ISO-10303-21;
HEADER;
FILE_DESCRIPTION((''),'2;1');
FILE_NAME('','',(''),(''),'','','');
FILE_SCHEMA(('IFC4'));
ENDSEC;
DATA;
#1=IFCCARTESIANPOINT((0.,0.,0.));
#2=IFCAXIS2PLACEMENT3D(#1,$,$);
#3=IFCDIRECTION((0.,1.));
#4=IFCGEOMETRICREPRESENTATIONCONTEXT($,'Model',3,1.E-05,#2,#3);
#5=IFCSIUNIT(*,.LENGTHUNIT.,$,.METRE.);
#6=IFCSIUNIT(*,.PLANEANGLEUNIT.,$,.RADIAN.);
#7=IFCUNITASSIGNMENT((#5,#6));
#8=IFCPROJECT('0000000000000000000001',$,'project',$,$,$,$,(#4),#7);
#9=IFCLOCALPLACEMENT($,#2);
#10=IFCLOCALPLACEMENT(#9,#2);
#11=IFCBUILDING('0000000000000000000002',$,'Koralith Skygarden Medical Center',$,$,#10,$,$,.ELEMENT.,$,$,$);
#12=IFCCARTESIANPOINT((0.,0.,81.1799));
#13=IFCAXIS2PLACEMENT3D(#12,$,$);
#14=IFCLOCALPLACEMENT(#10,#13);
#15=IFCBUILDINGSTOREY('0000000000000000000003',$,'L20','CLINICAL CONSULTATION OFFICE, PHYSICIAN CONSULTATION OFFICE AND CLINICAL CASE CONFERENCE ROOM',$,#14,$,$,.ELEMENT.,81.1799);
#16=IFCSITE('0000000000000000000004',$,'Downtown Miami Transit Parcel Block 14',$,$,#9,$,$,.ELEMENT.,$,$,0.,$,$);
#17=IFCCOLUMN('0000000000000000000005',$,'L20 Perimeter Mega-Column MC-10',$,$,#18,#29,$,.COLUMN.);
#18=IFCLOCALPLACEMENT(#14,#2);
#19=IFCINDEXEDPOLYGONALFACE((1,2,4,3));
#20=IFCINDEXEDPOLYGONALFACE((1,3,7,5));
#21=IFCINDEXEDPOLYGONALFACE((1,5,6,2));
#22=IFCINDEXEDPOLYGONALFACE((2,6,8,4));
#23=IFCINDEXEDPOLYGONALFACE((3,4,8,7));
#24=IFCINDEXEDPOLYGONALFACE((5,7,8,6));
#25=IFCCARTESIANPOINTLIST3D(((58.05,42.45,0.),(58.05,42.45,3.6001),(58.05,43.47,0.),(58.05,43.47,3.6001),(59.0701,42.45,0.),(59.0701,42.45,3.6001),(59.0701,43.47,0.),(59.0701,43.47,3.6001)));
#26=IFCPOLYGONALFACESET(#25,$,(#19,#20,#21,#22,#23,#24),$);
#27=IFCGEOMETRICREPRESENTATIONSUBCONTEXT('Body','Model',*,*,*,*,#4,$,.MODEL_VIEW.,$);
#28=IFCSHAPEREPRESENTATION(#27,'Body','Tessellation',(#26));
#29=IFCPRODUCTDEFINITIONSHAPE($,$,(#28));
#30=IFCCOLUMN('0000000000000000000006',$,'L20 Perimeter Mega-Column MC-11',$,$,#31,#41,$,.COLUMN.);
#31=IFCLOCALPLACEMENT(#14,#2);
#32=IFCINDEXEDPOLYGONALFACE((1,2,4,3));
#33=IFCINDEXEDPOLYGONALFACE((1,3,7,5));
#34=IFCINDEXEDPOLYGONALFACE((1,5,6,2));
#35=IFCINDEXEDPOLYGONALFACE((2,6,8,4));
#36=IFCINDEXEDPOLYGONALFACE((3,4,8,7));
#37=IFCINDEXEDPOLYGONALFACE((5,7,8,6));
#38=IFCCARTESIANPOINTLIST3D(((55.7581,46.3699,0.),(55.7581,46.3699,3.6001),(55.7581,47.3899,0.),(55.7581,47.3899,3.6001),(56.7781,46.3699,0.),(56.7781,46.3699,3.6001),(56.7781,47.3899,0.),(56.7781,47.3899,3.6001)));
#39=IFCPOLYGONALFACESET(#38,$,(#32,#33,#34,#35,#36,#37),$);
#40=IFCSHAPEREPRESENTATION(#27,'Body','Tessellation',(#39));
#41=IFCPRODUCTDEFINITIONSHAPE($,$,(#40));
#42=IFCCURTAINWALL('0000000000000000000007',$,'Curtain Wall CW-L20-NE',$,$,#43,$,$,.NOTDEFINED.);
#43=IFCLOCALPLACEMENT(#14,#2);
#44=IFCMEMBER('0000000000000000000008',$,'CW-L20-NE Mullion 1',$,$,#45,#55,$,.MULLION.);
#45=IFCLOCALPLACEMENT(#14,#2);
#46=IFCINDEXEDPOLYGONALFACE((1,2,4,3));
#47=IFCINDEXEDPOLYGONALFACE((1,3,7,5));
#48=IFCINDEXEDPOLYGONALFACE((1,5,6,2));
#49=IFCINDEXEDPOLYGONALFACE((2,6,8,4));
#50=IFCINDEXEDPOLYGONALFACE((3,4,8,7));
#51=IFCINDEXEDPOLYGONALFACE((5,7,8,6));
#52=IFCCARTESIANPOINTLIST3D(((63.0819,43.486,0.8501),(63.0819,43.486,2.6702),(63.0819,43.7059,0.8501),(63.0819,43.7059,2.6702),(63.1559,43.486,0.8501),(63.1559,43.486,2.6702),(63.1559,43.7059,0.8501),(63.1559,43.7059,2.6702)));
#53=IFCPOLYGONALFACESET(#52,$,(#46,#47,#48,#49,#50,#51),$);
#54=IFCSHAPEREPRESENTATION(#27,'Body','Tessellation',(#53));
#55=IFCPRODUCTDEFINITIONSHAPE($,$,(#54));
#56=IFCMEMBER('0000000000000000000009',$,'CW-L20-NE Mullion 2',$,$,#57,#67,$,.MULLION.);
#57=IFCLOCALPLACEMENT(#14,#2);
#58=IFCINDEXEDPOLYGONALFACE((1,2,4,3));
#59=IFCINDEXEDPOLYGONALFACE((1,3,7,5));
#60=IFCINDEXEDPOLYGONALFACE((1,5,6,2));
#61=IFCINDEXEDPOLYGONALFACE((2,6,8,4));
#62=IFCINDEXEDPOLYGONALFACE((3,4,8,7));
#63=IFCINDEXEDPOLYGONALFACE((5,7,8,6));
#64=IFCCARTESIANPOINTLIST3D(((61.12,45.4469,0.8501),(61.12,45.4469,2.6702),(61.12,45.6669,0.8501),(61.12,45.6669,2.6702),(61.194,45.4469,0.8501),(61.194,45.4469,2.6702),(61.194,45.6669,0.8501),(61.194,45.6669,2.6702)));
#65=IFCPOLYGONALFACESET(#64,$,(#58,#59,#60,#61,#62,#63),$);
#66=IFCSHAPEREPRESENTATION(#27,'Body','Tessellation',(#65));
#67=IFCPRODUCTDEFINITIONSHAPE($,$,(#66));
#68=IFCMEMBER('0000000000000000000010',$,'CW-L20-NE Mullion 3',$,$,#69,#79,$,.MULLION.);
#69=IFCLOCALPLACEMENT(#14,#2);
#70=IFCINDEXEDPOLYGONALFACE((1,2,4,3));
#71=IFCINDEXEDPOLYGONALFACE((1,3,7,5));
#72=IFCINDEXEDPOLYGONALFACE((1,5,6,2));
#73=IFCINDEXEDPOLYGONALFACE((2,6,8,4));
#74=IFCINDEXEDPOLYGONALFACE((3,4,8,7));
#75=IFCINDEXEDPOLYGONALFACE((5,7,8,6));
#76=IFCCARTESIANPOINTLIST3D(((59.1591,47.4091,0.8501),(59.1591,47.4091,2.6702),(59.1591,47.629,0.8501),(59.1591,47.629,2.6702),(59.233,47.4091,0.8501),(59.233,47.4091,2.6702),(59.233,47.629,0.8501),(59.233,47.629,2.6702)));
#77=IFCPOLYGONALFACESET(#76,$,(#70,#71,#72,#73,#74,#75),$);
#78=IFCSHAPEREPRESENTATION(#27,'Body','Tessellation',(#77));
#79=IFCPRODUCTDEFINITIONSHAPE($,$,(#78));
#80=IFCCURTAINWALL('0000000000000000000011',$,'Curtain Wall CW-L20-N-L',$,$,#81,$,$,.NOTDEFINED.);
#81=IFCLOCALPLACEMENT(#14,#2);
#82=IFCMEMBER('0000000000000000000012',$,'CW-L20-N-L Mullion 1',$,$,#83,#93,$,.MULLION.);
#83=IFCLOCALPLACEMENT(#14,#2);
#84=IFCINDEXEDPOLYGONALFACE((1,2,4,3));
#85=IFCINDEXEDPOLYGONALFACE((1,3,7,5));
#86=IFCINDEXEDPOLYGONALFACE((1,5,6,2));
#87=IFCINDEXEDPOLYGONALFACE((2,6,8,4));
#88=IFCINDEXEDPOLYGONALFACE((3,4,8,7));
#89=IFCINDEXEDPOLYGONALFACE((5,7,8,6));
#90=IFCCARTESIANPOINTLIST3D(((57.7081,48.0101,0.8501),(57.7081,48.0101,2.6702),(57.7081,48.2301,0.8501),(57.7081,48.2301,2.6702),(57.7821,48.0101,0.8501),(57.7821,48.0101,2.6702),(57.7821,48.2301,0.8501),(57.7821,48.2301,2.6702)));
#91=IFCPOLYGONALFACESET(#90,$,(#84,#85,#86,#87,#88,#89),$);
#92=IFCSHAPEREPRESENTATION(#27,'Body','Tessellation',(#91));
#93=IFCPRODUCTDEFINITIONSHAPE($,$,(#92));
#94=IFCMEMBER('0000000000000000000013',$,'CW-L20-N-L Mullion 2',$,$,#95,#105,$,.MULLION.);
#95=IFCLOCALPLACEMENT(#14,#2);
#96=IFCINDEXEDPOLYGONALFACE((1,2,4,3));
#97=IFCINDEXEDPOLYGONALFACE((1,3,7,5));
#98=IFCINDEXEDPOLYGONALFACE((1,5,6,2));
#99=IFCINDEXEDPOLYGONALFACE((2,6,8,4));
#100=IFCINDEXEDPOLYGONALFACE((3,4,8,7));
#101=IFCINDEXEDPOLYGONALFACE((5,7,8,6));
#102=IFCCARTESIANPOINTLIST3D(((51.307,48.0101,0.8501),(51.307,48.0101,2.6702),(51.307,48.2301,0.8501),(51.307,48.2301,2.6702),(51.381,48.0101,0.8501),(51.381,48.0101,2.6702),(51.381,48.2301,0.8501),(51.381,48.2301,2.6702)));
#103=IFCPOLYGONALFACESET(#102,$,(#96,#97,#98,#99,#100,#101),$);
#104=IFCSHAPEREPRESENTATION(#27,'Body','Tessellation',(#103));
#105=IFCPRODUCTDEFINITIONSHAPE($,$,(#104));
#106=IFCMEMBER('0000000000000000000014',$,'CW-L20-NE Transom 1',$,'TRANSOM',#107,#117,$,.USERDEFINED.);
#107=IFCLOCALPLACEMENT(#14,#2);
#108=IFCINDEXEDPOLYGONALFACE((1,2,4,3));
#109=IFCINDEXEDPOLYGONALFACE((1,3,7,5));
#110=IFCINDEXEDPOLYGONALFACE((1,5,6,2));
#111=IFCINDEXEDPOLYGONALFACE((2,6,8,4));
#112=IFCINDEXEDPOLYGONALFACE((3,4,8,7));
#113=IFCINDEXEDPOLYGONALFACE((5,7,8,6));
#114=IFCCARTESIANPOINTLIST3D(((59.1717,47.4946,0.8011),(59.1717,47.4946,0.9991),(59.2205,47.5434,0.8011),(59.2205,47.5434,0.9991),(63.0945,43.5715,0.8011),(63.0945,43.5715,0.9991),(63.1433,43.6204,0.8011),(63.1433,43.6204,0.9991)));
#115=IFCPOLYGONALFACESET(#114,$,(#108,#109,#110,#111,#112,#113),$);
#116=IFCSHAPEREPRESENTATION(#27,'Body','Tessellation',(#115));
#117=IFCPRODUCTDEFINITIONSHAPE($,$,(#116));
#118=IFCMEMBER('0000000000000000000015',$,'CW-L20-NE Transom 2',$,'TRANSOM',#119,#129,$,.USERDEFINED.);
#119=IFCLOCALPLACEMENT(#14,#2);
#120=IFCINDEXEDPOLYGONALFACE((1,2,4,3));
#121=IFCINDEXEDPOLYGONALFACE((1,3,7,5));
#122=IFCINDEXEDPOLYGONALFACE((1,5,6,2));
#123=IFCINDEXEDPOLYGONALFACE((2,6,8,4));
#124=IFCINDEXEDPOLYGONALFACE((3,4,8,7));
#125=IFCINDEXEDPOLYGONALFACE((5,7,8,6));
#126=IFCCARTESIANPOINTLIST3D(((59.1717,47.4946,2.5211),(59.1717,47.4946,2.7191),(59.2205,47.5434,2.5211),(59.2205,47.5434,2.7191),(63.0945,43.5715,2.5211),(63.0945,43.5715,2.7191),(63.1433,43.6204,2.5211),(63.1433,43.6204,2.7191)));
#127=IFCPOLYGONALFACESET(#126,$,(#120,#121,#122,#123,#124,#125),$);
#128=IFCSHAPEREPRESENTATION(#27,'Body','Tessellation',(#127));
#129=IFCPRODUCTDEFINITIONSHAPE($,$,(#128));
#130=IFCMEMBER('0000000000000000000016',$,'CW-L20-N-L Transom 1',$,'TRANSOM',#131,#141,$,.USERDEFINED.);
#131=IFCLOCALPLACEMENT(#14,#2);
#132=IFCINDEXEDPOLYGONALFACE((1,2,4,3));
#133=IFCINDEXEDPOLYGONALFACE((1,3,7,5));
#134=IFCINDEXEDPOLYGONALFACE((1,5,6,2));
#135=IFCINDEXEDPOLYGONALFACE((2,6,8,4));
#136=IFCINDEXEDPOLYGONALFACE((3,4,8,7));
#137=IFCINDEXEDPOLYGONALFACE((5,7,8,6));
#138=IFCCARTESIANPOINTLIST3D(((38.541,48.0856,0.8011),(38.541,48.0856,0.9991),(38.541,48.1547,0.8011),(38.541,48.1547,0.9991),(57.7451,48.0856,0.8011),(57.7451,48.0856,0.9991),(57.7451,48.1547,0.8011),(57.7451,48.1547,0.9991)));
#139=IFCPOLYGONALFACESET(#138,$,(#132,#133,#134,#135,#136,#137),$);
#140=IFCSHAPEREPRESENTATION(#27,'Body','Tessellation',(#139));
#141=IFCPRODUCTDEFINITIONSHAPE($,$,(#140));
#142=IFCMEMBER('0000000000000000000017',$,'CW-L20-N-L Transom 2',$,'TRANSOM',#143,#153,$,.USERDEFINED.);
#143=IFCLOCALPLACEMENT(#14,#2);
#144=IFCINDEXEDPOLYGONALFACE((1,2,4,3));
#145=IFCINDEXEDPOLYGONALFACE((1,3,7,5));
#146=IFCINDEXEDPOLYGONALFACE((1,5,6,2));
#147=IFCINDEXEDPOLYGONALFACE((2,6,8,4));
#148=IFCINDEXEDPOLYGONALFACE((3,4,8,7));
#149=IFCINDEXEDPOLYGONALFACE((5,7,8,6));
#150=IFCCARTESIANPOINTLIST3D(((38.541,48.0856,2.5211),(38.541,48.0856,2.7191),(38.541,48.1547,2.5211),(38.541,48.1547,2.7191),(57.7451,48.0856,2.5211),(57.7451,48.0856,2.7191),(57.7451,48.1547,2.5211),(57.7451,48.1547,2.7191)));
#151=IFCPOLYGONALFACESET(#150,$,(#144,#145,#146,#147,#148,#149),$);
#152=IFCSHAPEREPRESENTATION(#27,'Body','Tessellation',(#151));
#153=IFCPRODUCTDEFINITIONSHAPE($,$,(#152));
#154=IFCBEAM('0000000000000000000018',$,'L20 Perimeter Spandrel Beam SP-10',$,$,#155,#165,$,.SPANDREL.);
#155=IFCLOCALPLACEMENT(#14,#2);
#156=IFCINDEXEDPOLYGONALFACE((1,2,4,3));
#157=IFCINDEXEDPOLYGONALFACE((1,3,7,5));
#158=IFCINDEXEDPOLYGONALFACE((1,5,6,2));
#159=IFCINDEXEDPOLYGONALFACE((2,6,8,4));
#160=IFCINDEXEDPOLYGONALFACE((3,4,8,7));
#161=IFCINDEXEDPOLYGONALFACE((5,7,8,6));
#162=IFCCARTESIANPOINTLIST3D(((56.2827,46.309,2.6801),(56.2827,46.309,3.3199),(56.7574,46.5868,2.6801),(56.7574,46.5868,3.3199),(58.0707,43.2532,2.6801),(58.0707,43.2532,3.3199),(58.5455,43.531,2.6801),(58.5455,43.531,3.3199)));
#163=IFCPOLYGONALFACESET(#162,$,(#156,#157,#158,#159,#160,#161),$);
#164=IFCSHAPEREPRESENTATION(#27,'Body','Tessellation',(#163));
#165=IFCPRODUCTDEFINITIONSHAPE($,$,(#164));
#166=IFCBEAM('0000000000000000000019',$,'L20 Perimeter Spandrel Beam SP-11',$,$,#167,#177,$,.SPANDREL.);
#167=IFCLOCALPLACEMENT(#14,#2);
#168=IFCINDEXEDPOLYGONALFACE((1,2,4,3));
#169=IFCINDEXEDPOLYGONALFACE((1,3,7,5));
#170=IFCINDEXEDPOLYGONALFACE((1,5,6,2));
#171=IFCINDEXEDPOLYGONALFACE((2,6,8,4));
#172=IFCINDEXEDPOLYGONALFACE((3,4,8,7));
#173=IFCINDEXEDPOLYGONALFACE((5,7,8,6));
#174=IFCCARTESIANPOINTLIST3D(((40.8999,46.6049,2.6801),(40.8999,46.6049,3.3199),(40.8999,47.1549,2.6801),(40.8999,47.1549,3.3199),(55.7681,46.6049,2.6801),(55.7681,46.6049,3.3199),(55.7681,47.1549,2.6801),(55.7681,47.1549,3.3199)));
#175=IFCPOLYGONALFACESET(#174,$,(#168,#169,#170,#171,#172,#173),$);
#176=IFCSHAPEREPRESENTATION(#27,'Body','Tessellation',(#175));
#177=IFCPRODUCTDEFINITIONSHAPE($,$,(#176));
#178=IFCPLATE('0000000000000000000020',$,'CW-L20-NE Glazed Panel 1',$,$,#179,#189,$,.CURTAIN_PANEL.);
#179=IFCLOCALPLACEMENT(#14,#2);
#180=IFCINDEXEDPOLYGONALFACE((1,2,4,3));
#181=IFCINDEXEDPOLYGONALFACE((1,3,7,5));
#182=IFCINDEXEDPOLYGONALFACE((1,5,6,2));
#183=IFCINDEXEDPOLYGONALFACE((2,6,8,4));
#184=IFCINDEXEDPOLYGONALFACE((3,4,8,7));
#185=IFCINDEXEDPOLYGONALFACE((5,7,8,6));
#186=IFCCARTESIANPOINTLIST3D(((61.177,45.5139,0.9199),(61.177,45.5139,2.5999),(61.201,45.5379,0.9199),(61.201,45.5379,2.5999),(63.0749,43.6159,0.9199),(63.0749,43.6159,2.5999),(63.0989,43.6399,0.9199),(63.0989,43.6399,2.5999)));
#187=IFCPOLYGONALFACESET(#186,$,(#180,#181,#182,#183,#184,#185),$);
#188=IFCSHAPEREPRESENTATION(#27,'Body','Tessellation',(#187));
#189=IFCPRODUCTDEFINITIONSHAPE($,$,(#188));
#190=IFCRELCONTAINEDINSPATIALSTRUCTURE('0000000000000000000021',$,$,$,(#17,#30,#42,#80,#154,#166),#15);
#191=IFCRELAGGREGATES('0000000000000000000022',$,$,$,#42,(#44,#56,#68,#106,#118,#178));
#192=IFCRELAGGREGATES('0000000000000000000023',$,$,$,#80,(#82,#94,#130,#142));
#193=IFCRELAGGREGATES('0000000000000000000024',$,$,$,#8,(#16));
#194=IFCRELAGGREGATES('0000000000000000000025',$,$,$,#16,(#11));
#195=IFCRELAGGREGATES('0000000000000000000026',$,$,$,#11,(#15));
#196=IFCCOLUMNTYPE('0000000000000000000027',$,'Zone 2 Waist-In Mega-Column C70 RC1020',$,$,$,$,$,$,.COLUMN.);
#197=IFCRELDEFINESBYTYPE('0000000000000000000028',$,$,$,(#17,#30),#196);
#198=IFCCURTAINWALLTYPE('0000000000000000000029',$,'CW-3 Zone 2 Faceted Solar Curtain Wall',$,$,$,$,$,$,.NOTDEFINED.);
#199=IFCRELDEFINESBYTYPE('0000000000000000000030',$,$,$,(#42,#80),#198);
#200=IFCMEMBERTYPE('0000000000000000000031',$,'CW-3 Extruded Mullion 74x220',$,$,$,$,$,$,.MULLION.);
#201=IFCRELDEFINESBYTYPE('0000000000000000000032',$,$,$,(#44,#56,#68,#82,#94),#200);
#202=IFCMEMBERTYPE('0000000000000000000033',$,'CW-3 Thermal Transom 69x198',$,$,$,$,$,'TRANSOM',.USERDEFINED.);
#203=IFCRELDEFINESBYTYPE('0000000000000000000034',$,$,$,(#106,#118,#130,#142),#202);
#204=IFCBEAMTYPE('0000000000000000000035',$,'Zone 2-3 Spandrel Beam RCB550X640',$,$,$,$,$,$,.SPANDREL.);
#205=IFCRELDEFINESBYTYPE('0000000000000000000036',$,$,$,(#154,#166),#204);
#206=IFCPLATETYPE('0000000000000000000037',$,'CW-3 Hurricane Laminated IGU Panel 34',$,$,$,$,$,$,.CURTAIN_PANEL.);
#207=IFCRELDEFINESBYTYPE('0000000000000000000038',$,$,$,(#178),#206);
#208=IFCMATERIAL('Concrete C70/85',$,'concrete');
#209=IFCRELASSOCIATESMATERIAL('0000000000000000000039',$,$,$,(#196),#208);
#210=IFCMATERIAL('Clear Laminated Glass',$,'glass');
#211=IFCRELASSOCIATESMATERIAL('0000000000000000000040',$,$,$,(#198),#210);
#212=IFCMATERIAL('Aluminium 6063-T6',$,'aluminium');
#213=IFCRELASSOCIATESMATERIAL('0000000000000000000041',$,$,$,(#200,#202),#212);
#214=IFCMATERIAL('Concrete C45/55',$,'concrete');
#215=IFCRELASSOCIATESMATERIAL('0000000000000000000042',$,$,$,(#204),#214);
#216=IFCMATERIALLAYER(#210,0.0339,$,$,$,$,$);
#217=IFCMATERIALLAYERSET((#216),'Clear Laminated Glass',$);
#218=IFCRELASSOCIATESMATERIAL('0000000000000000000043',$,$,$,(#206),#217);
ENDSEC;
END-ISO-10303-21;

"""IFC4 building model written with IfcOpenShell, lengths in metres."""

from ifc_helpers import new_model, si_unit, direction, frame, origin, origin_2d, place, context, subcontext, project, spatial, rectangle, extrude, material, layer, layer_set, material_profile, profile_set, type_object, element, aggregate, save


model = new_model("IFC4")

# Units and contexts
model_context = context("Model", 3, precision=1e-05, world=origin(), true_north=direction((0.0, 1.0)))
body_context = subcontext(model_context, "Body", "Model", "MODEL_VIEW")
ifc_project = project(units=[si_unit("LENGTHUNIT", "METRE"), si_unit("PLANEANGLEUNIT", "RADIAN")], contexts=[model_context])

# Site, building, storey
site_placement = place(None, origin())
site = spatial("IfcSite", under=ifc_project, at=site_placement, Name="Downtown Miami Transit Parcel Block 14", CompositionType="ELEMENT", RefElevation=0.0)
building_placement = place(site_placement, origin())
building = spatial("IfcBuilding", under=site, at=building_placement, Name="Koralith Skygarden Medical Center", CompositionType="ELEMENT")
storey_placement = place(building_placement, frame((0.0, 0.0, 81.1799)))
storey = spatial("IfcBuildingStorey", under=building, at=storey_placement, Name="L20", Description="CLINICAL CONSULTATION OFFICE, PHYSICIAN CONSULTATION OFFICE AND CLINICAL CASE CONFERENCE ROOM", CompositionType="ELEMENT", Elevation=81.1799)

# Columns
ifc_material_1 = material(Name="Concrete C70/85", Category="concrete")
ifc_material_profile_1 = material_profile(ifc_material_1, rectangle(XDim=1.02, YDim=1.02, at=origin_2d()), Name="RC1020X1020")
ifc_profile_set_1 = profile_set([ifc_material_profile_1], Name="Concrete C70/85")
column_type = type_object("IfcColumnType", Name="Zone 2 Waist-In Mega-Column C70 RC1020", PredefinedType="COLUMN", material=ifc_profile_set_1)
for number, where, z_axis, x_axis, name in (
    (1, (58.5601, 42.96, 0.0), (0.0, 0.0, 1.0), (1.0, 0.0, 0.0), "L20 Perimeter Mega-Column MC-10"),
    (2, (56.2681, 46.8799, 0.0), (0.0, 0.0, 1.0), (1.0, 0.0, 0.0), "L20 Perimeter Mega-Column MC-11"),
):
    element("IfcColumn", number, at=place(storey_placement, frame(where, z_axis=z_axis, x_axis=x_axis)), inside=storey, type_object=column_type, Name=name, PredefinedType="COLUMN", context=body_context, shape_type="SweptSolid", body=[
        extrude(rectangle(XDim=1.02, YDim=1.02, at=origin_2d()), origin(), (0.0, 0.0, 1.0), 3.6001),
    ])

# Curtain walls, members
ifc_material_2 = material(Name="Clear Laminated Glass", Category="glass")
curtain_wall_type = type_object("IfcCurtainWallType", Name="CW-3 Zone 2 Faceted Solar Curtain Wall", PredefinedType="NOTDEFINED", material=ifc_material_2)
curtain_wall_1_placement = place(storey_placement, origin())
curtain_wall_1 = element("IfcCurtainWall", 3, at=curtain_wall_1_placement, inside=storey, type_object=curtain_wall_type, Name="Curtain Wall CW-L20-NE", PredefinedType="NOTDEFINED")
ifc_material_3 = material(Name="Aluminium 6063-T6", Category="aluminium")
ifc_material_profile_2 = material_profile(ifc_material_3, rectangle(XDim=0.074, YDim=0.22, at=origin_2d()), Name="MUL74X220")
ifc_profile_set_2 = profile_set([ifc_material_profile_2], Name="Aluminium 6063-T6")
member_type_1 = type_object("IfcMemberType", Name="CW-3 Extruded Mullion 74x220", PredefinedType="MULLION", material=ifc_profile_set_2)
member_1_placement = place(storey_placement, frame((63.1189, 43.5959, 0.8501), z_axis=(0.0, 0.0, 1.0), x_axis=(1.0, 0.0, 0.0)))
member_1 = element("IfcMember", 4, at=member_1_placement, type_object=member_type_1, Name="CW-L20-NE Mullion 1", PredefinedType="MULLION", context=body_context, shape_type="SweptSolid", body=[
    extrude(rectangle(XDim=0.074, YDim=0.22, at=origin_2d()), origin(), (0.0, 0.0, 1.0), 1.8201),
])
member_2_placement = place(storey_placement, frame((61.157, 45.5569, 0.8501), z_axis=(0.0, 0.0, 1.0), x_axis=(1.0, 0.0, 0.0)))
member_2 = element("IfcMember", 5, at=member_2_placement, type_object=member_type_1, Name="CW-L20-NE Mullion 2", PredefinedType="MULLION", context=body_context, shape_type="SweptSolid", body=[
    extrude(rectangle(XDim=0.074, YDim=0.22, at=origin_2d()), origin(), (0.0, 0.0, 1.0), 1.8201),
])
member_3_placement = place(storey_placement, frame((59.196, 47.519, 0.8501), z_axis=(0.0, 0.0, 1.0), x_axis=(1.0, 0.0, 0.0)))
member_3 = element("IfcMember", 6, at=member_3_placement, type_object=member_type_1, Name="CW-L20-NE Mullion 3", PredefinedType="MULLION", context=body_context, shape_type="SweptSolid", body=[
    extrude(rectangle(XDim=0.074, YDim=0.22, at=origin_2d()), origin(), (0.0, 0.0, 1.0), 1.8201),
])
curtain_wall_2_placement = place(storey_placement, origin())
curtain_wall_2 = element("IfcCurtainWall", 7, at=curtain_wall_2_placement, inside=storey, type_object=curtain_wall_type, Name="Curtain Wall CW-L20-N-L", PredefinedType="NOTDEFINED")
member_4_placement = place(storey_placement, frame((57.7451, 48.1201, 0.8501), z_axis=(0.0, 0.0, 1.0), x_axis=(1.0, 0.0, 0.0)))
member_4 = element("IfcMember", 8, at=member_4_placement, type_object=member_type_1, Name="CW-L20-N-L Mullion 1", PredefinedType="MULLION", context=body_context, shape_type="SweptSolid", body=[
    extrude(rectangle(XDim=0.074, YDim=0.22, at=origin_2d()), origin(), (0.0, 0.0, 1.0), 1.8201),
])
member_5_placement = place(storey_placement, frame((51.344, 48.1201, 0.8501), z_axis=(0.0, 0.0, 1.0), x_axis=(1.0, 0.0, 0.0)))
member_5 = element("IfcMember", 9, at=member_5_placement, type_object=member_type_1, Name="CW-L20-N-L Mullion 2", PredefinedType="MULLION", context=body_context, shape_type="SweptSolid", body=[
    extrude(rectangle(XDim=0.074, YDim=0.22, at=origin_2d()), origin(), (0.0, 0.0, 1.0), 1.8201),
])

# Members
ifc_material_profile_3 = material_profile(ifc_material_3, rectangle(XDim=0.0691, YDim=0.198, at=origin_2d()), Name="TRN69X198")
ifc_profile_set_3 = profile_set([ifc_material_profile_3], Name="Aluminium 6063-T6")
member_type_2 = type_object("IfcMemberType", Name="CW-3 Thermal Transom 69x198", ElementType="TRANSOM", PredefinedType="USERDEFINED", material=ifc_profile_set_3)
member_6_placement = place(storey_placement, frame((63.1189, 43.5959, 0.9001), z_axis=(-0.707085, 0.707129, 0.0), x_axis=(-0.707129, -0.707085, 0.0)))
member_6 = element("IfcMember", 10, at=member_6_placement, type_object=member_type_2, Name="CW-L20-NE Transom 1", ObjectType="TRANSOM", PredefinedType="USERDEFINED", context=body_context, shape_type="SweptSolid", body=[
    extrude(rectangle(XDim=0.0691, YDim=0.198, at=origin_2d()), origin(), (0.0, 0.0, 1.0), 5.5479),
])
member_7_placement = place(storey_placement, frame((63.1189, 43.5959, 2.6201), z_axis=(-0.707085, 0.707129, 0.0), x_axis=(-0.707129, -0.707085, 0.0)))
member_7 = element("IfcMember", 11, at=member_7_placement, type_object=member_type_2, Name="CW-L20-NE Transom 2", ObjectType="TRANSOM", PredefinedType="USERDEFINED", context=body_context, shape_type="SweptSolid", body=[
    extrude(rectangle(XDim=0.0691, YDim=0.198, at=origin_2d()), origin(), (0.0, 0.0, 1.0), 5.5479),
])
member_8_placement = place(storey_placement, frame((57.7451, 48.1201, 0.9001), z_axis=(-1.0, 0.0, 0.0), x_axis=(0.0, -1.0, 0.0)))
member_8 = element("IfcMember", 12, at=member_8_placement, type_object=member_type_2, Name="CW-L20-N-L Transom 1", ObjectType="TRANSOM", PredefinedType="USERDEFINED", context=body_context, shape_type="SweptSolid", body=[
    extrude(rectangle(XDim=0.0691, YDim=0.198, at=origin_2d()), origin(), (0.0, 0.0, 1.0), 19.2041),
])
member_9_placement = place(storey_placement, frame((57.7451, 48.1201, 2.6201), z_axis=(-1.0, 0.0, 0.0), x_axis=(0.0, -1.0, 0.0)))
member_9 = element("IfcMember", 13, at=member_9_placement, type_object=member_type_2, Name="CW-L20-N-L Transom 2", ObjectType="TRANSOM", PredefinedType="USERDEFINED", context=body_context, shape_type="SweptSolid", body=[
    extrude(rectangle(XDim=0.0691, YDim=0.198, at=origin_2d()), origin(), (0.0, 0.0, 1.0), 19.2041),
])

# Beams
ifc_material_4 = material(Name="Concrete C45/55", Category="concrete")
ifc_material_profile_4 = material_profile(ifc_material_4, rectangle(XDim=0.55, YDim=0.6399, at=origin_2d()), Name="RCB550X640")
ifc_profile_set_4 = profile_set([ifc_material_profile_4], Name="Concrete C45/55")
beam_type = type_object("IfcBeamType", Name="Zone 2-3 Spandrel Beam RCB550X640", PredefinedType="SPANDREL", material=ifc_profile_set_4)
beam_1_placement = place(storey_placement, frame((58.3081, 43.3921, 3.0), z_axis=(-0.505024, 0.863105, 0.0), x_axis=(-0.863105, -0.505024, 0.0)))
element("IfcBeam", 14, at=beam_1_placement, inside=storey, type_object=beam_type, Name="L20 Perimeter Spandrel Beam SP-10", PredefinedType="SPANDREL", context=body_context, shape_type="SweptSolid", body=[
    extrude(rectangle(XDim=0.55, YDim=0.6399, at=origin_2d()), origin(), (0.0, 0.0, 1.0), 3.5405),
])
beam_2_placement = place(storey_placement, frame((55.7681, 46.8799, 3.0), z_axis=(-1.0, 0.0, 0.0), x_axis=(0.0, -1.0, 0.0)))
element("IfcBeam", 15, at=beam_2_placement, inside=storey, type_object=beam_type, Name="L20 Perimeter Spandrel Beam SP-11", PredefinedType="SPANDREL", context=body_context, shape_type="SweptSolid", body=[
    extrude(rectangle(XDim=0.55, YDim=0.6399, at=origin_2d()), origin(), (0.0, 0.0, 1.0), 14.8682),
])

# Plate
ifc_layer_1 = layer(ifc_material_2, 0.0339)
ifc_layer_set_1 = layer_set([ifc_layer_1], Name="Clear Laminated Glass")
plate_type_1 = type_object("IfcPlateType", Name="CW-3 Hurricane Laminated IGU Panel 34", PredefinedType="CURTAIN_PANEL", material=ifc_layer_set_1)
plate_1_placement = place(storey_placement, frame((62.1379, 44.5769, 0.9199), z_axis=(0.0, 0.0, 1.0), x_axis=(-0.707107, 0.707107, 0.0)))
plate_1 = element("IfcPlate", 16, at=plate_1_placement, type_object=plate_type_1, Name="CW-L20-NE Glazed Panel 1", PredefinedType="CURTAIN_PANEL", context=body_context, shape_type="SweptSolid", body=[
    extrude(rectangle(XDim=2.6841, YDim=0.0339, at=origin_2d()), origin(), (0.0, 0.0, 1.0), 1.6799),
])
aggregate(curtain_wall_1, [member_1, member_2, member_3, member_6, member_7, plate_1])
aggregate(curtain_wall_2, [member_4, member_5, member_8, member_9])

save(model, "model.ifc")
